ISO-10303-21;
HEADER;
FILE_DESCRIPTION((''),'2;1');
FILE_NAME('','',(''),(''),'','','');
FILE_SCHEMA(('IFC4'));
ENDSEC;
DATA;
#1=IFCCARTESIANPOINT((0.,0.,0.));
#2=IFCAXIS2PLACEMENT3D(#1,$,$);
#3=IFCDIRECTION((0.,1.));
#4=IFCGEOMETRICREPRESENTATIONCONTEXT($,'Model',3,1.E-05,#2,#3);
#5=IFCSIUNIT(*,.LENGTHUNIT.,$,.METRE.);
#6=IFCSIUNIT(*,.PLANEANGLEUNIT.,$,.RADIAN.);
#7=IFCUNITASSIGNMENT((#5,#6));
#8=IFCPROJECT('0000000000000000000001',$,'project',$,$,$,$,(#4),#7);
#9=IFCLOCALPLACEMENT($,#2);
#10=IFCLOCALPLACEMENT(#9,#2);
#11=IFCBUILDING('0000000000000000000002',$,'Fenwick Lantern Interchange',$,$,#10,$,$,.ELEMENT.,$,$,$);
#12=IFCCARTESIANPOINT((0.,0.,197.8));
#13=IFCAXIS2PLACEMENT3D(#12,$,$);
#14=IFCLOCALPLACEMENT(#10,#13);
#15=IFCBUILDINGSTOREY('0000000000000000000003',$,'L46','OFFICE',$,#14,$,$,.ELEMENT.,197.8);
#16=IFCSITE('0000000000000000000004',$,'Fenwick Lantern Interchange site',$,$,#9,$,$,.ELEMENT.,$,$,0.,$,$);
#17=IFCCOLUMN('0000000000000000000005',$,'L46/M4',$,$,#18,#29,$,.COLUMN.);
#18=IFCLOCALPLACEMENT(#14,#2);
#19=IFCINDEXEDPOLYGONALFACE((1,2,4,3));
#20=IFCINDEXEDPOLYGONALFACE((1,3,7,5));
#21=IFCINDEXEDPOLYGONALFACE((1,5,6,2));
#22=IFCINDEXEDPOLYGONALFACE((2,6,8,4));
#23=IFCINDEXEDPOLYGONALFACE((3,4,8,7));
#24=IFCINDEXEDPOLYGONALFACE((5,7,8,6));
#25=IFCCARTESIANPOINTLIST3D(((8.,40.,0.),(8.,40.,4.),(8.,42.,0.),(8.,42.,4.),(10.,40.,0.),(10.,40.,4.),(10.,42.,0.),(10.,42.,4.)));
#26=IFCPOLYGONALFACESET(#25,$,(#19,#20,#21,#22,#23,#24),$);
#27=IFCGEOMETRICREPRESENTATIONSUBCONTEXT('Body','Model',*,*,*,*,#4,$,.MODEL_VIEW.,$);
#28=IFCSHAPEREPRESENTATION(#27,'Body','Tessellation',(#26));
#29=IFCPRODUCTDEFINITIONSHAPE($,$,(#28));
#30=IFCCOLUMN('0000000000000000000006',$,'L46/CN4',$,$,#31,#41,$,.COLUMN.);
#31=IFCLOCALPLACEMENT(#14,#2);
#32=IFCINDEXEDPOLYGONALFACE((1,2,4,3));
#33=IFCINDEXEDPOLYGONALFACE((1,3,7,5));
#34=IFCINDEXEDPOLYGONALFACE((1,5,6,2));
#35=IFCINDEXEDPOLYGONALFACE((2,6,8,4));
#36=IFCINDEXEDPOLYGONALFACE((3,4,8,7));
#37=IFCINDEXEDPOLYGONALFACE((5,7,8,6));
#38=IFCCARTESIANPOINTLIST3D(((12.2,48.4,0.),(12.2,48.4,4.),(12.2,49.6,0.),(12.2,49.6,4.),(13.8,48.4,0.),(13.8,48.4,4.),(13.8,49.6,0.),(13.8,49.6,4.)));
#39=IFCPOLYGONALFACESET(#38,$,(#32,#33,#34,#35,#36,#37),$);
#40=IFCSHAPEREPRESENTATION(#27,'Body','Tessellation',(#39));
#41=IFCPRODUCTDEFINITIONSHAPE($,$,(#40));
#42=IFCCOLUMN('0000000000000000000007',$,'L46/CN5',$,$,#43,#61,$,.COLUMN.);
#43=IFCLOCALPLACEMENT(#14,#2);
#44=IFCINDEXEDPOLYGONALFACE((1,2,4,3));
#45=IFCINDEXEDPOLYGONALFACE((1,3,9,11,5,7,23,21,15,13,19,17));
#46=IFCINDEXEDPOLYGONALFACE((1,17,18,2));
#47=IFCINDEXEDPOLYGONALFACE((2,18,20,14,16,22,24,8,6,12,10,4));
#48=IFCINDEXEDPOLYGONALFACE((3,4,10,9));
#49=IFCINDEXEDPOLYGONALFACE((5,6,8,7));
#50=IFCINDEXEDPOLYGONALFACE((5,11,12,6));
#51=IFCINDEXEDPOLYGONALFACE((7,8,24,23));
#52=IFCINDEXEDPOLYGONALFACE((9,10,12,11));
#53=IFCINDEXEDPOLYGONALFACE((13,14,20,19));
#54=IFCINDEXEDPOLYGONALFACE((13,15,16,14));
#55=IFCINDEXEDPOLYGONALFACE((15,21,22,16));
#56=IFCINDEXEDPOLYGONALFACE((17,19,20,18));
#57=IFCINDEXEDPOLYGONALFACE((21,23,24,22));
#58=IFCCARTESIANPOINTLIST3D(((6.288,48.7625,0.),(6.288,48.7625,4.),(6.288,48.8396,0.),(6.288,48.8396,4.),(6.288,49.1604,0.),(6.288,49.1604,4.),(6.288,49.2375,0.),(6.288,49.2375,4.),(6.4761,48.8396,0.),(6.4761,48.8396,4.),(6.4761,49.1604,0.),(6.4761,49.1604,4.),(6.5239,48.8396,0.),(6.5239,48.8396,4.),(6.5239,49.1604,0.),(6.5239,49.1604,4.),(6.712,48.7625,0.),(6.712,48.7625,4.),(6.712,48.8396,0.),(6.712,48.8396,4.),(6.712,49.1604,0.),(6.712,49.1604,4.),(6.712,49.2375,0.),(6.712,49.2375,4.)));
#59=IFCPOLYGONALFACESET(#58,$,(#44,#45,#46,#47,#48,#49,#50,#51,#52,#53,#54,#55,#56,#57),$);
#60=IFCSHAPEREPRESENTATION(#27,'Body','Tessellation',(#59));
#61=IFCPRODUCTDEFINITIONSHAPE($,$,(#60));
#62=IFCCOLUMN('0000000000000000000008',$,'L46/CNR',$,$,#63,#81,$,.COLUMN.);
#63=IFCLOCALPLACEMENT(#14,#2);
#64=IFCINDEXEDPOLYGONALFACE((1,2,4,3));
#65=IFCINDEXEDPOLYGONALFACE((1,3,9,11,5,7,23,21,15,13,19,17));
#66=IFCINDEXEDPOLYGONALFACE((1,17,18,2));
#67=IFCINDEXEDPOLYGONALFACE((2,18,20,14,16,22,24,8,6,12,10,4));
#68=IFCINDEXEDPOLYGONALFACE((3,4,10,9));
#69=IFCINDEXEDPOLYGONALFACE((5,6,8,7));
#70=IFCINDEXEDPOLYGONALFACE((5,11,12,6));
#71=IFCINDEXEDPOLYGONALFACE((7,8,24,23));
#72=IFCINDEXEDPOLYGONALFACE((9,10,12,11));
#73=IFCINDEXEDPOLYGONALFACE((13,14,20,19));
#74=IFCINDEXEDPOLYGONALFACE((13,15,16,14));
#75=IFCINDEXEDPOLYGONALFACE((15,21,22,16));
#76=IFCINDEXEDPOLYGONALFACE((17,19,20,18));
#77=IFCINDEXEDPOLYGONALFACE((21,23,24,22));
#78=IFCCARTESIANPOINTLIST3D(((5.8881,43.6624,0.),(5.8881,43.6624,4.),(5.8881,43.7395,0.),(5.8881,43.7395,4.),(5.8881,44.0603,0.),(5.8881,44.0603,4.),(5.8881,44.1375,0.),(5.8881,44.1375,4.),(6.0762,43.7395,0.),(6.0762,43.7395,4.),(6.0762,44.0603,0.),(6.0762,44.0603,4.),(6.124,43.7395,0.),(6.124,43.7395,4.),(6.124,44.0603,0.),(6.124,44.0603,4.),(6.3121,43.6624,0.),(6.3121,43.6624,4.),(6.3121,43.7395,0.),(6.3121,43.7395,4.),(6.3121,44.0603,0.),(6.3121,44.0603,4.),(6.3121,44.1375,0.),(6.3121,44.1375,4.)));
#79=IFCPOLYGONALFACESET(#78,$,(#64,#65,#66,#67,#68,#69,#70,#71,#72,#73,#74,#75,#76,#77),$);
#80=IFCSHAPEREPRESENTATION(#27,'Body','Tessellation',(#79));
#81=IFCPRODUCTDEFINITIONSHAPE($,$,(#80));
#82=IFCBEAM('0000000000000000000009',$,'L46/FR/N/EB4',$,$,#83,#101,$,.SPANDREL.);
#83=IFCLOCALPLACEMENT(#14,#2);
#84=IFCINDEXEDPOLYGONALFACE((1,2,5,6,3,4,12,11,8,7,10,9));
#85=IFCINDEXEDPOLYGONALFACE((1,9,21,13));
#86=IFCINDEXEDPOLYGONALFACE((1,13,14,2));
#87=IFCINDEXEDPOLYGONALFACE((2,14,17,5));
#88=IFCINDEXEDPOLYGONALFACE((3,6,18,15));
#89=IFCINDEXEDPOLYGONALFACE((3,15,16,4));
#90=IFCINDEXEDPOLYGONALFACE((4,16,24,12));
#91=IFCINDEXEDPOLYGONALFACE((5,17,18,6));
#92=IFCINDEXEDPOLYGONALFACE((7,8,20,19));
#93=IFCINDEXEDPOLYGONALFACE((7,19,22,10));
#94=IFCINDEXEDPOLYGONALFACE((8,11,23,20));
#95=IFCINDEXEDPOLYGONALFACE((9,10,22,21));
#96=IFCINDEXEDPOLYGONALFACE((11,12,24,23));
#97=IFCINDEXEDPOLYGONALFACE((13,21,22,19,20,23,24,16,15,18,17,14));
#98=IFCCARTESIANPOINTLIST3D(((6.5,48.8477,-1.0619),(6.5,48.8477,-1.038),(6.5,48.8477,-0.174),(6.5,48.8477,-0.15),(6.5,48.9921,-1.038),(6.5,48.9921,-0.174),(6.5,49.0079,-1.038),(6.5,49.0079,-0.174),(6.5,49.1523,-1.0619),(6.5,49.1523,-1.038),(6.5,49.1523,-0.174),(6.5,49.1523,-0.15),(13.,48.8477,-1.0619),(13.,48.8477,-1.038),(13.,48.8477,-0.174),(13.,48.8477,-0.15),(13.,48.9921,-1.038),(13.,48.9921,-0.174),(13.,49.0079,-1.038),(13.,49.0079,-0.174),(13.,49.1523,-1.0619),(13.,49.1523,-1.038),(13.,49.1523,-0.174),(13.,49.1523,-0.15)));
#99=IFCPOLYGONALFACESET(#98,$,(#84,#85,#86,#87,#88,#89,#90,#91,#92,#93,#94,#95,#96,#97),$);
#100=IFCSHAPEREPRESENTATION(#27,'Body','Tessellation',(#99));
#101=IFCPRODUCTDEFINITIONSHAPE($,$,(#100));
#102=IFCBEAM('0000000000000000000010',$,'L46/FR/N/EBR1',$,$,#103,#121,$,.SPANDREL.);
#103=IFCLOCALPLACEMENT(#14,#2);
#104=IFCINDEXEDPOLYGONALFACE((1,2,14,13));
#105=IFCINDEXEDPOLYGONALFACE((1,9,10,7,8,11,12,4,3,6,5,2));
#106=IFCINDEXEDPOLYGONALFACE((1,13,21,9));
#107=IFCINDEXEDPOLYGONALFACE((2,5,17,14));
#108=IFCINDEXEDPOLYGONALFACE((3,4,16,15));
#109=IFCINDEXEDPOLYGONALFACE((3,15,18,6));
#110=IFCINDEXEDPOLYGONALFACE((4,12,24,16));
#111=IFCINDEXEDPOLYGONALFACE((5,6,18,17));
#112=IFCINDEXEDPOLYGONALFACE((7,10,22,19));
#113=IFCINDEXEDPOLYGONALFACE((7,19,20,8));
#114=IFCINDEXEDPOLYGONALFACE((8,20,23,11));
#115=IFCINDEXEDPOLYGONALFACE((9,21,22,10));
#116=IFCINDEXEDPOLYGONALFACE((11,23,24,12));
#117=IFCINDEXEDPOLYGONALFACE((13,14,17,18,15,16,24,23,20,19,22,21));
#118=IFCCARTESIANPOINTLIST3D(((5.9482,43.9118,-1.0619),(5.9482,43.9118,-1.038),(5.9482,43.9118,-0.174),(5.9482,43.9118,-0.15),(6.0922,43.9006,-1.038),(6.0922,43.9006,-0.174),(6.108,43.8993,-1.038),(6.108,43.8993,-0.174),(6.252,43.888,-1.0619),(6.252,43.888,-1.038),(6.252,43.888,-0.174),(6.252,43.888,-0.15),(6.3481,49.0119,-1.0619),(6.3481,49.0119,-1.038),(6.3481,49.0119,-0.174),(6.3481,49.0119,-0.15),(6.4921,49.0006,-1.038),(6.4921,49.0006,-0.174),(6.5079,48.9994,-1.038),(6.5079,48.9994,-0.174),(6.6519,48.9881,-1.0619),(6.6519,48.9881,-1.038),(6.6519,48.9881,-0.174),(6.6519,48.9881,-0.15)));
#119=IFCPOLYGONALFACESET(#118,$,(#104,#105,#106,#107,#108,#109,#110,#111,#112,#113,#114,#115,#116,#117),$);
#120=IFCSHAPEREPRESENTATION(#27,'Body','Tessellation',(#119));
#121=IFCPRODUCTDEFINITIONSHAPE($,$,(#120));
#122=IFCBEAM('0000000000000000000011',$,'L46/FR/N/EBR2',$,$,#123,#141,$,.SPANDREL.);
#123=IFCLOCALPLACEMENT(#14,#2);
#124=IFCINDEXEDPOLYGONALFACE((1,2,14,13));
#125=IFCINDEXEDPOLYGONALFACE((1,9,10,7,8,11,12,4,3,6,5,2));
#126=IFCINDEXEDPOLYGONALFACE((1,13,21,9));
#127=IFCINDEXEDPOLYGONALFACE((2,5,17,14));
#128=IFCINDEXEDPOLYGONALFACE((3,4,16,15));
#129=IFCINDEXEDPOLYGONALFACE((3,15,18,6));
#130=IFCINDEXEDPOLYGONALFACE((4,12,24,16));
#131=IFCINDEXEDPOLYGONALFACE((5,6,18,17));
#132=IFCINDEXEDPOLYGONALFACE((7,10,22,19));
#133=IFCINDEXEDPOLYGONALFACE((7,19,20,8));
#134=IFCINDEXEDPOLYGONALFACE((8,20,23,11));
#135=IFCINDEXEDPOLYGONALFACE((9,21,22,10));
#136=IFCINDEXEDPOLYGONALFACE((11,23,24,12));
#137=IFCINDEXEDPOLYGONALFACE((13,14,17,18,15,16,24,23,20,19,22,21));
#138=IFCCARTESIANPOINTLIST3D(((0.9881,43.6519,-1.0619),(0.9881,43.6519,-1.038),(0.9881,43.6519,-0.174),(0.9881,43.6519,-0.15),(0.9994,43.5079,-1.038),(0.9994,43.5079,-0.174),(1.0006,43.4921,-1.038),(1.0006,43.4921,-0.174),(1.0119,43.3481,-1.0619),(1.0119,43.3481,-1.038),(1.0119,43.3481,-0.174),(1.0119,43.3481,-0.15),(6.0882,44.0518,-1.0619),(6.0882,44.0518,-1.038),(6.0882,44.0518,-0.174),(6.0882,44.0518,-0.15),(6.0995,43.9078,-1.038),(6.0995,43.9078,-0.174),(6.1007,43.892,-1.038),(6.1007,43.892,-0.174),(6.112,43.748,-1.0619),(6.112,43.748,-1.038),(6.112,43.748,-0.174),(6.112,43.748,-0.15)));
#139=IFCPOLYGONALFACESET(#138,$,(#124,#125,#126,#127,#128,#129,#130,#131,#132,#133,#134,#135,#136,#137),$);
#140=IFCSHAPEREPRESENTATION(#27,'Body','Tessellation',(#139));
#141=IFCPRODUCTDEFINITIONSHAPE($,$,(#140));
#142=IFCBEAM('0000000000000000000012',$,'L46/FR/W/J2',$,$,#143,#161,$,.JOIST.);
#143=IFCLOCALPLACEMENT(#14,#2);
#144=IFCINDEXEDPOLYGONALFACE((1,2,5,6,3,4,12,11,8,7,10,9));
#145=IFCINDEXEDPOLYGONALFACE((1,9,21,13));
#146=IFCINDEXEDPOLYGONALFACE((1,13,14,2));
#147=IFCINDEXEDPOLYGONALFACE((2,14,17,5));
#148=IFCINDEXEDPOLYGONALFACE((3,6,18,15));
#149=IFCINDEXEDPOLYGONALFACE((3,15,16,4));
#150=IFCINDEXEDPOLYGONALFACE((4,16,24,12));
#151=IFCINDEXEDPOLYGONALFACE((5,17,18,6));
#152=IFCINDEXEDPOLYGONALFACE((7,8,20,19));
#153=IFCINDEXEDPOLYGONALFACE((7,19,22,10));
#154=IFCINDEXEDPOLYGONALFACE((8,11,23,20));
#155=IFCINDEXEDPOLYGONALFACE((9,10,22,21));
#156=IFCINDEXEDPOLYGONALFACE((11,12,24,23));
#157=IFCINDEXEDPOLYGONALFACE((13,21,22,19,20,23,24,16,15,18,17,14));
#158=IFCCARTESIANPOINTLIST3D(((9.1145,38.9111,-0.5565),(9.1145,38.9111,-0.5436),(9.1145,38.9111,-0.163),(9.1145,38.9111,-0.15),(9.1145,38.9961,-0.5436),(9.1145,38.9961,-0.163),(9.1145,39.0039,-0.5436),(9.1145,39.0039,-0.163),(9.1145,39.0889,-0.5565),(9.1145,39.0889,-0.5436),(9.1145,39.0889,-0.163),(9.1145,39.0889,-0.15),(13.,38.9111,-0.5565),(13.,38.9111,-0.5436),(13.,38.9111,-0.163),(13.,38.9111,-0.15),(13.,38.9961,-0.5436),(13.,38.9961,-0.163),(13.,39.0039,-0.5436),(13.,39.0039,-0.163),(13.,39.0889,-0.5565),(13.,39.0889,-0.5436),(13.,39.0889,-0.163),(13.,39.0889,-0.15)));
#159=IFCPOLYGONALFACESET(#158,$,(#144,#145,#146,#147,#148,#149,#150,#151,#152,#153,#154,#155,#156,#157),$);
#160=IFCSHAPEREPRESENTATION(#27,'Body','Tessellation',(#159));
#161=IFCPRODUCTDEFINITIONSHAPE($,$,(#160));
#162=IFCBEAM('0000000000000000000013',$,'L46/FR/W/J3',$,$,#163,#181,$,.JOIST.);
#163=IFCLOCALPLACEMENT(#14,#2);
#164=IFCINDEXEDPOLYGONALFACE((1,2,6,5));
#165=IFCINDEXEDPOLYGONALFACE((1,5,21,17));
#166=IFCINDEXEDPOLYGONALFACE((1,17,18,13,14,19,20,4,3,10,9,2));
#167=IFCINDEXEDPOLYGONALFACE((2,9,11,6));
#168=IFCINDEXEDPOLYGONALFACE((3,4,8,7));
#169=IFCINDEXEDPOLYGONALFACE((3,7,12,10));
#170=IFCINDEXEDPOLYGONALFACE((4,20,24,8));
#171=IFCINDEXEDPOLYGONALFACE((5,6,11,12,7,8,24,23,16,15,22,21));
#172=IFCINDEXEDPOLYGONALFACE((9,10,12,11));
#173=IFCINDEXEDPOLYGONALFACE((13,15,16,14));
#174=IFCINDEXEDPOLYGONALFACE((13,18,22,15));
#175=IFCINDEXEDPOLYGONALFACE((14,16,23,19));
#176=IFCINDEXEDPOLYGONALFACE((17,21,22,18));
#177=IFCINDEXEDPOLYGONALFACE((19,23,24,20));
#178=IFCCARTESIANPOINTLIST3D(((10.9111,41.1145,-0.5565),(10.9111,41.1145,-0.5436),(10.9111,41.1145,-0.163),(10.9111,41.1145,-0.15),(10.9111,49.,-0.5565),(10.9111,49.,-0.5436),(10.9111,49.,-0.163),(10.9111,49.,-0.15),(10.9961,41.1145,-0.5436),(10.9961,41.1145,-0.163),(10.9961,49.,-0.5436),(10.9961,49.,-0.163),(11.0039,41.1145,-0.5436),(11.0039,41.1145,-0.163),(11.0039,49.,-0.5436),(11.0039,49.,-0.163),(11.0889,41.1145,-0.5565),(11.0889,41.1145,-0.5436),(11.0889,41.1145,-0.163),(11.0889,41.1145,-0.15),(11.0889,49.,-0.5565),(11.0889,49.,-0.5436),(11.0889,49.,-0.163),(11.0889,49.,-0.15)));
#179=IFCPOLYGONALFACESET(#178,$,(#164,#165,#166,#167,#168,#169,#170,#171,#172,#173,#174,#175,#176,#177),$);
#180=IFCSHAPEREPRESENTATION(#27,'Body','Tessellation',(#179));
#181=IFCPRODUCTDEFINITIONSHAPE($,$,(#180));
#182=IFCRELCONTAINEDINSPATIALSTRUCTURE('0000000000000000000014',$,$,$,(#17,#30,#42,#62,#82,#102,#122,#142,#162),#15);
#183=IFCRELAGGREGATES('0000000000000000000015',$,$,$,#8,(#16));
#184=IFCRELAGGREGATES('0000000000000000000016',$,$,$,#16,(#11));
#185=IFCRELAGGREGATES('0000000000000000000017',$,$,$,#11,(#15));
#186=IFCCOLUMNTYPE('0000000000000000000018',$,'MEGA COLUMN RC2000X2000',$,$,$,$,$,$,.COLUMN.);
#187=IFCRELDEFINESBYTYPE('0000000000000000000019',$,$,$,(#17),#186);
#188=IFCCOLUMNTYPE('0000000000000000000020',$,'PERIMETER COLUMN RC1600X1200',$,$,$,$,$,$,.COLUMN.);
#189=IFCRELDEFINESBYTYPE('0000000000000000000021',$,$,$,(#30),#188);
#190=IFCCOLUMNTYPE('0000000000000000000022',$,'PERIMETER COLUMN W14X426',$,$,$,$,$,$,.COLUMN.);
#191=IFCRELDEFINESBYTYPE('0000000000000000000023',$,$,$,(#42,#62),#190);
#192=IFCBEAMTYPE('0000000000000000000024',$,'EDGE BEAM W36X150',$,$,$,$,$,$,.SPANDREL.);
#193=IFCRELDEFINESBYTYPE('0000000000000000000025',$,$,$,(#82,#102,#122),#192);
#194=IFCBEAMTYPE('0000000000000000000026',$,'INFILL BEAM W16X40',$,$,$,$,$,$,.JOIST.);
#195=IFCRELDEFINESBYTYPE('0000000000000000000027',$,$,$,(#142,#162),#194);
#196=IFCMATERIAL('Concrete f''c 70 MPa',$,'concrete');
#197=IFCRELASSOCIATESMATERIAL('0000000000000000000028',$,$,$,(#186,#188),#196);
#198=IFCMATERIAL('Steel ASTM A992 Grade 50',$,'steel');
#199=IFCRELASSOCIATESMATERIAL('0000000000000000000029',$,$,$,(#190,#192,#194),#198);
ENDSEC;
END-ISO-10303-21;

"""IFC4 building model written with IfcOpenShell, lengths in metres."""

from ifc_helpers import new_model, si_unit, direction, frame, origin, origin_2d, place, context, subcontext, project, spatial, rectangle, i_section, extrude, material, material_profile, profile_set, type_object, element, save


model = new_model("IFC4")

# Units and contexts
model_context = context("Model", 3, precision=1e-05, world=origin(), true_north=direction((0.0, 1.0)))
body_context = subcontext(model_context, "Body", "Model", "MODEL_VIEW")
ifc_project = project(units=[si_unit("LENGTHUNIT", "METRE"), si_unit("PLANEANGLEUNIT", "RADIAN")], contexts=[model_context])

# Site, building, storey
site_placement = place(None, origin())
site = spatial("IfcSite", under=ifc_project, at=site_placement, Name="Fenwick Lantern Interchange site", CompositionType="ELEMENT", RefElevation=0.0)
building_placement = place(site_placement, origin())
building = spatial("IfcBuilding", under=site, at=building_placement, Name="Fenwick Lantern Interchange", CompositionType="ELEMENT")
storey_placement = place(building_placement, frame((0.0, 0.0, 197.8)))
storey = spatial("IfcBuildingStorey", under=building, at=storey_placement, Name="L46", Description="OFFICE", CompositionType="ELEMENT", Elevation=197.8)

# Columns
ifc_material_1 = material(Name="Concrete f'c 70 MPa", Category="concrete")
ifc_material_profile_1 = material_profile(ifc_material_1, rectangle(XDim=2.0, YDim=2.0, at=origin_2d()), Name="RC2000X2000")
ifc_profile_set_1 = profile_set([ifc_material_profile_1], Name="Concrete f'c 70 MPa")
column_type_1 = type_object("IfcColumnType", Name="MEGA COLUMN RC2000X2000", PredefinedType="COLUMN", material=ifc_profile_set_1)
column_1_placement = place(storey_placement, frame((9.0, 41.0, 0.0), z_axis=(0.0, 0.0, 1.0), x_axis=(1.0, 0.0, 0.0)))
element("IfcColumn", 1, at=column_1_placement, inside=storey, type_object=column_type_1, Name="L46/M4", PredefinedType="COLUMN", context=body_context, shape_type="SweptSolid", body=[
    extrude(rectangle(XDim=2.0, YDim=2.0, at=origin_2d()), origin(), (0.0, 0.0, 1.0), 4.0),
])
ifc_material_profile_2 = material_profile(ifc_material_1, rectangle(XDim=1.6001, YDim=1.2, at=origin_2d()), Name="RC1600X1200")
ifc_profile_set_2 = profile_set([ifc_material_profile_2], Name="Concrete f'c 70 MPa")
column_type_2 = type_object("IfcColumnType", Name="PERIMETER COLUMN RC1600X1200", PredefinedType="COLUMN", material=ifc_profile_set_2)
column_2_placement = place(storey_placement, frame((13.0, 49.0, 0.0), z_axis=(0.0, 0.0, 1.0), x_axis=(1.0, 0.0, 0.0)))
element("IfcColumn", 2, at=column_2_placement, inside=storey, type_object=column_type_2, Name="L46/CN4", PredefinedType="COLUMN", context=body_context, shape_type="SweptSolid", body=[
    extrude(rectangle(XDim=1.6001, YDim=1.2, at=origin_2d()), origin(), (0.0, 0.0, 1.0), 4.0),
])
ifc_material_2 = material(Name="Steel ASTM A992 Grade 50", Category="steel")
ifc_material_profile_3 = material_profile(ifc_material_2, i_section(OverallWidth=0.4241, OverallDepth=0.4751, WebThickness=0.0479, FlangeThickness=0.0771, at=origin_2d()), Name="W14X426")
ifc_profile_set_3 = profile_set([ifc_material_profile_3], Name="Steel ASTM A992 Grade 50")
column_type_3 = type_object("IfcColumnType", Name="PERIMETER COLUMN W14X426", PredefinedType="COLUMN", material=ifc_profile_set_3)
for number, where, z_axis, x_axis, name in (
    (3, (6.5, 49.0, 0.0), (0.0, 0.0, 1.0), (1.0, 0.0, 0.0), "L46/CN5"),
    (4, (6.1001, 43.8999, 0.0), (0.0, 0.0, 1.0), (1.0, 0.0, 0.0), "L46/CNR"),
):
    element("IfcColumn", number, at=place(storey_placement, frame(where, z_axis=z_axis, x_axis=x_axis)), inside=storey, type_object=column_type_3, Name=name, PredefinedType="COLUMN", context=body_context, shape_type="SweptSolid", body=[
        extrude(i_section(OverallWidth=0.4241, OverallDepth=0.4751, WebThickness=0.0479, FlangeThickness=0.0771, at=origin_2d()), origin(), (0.0, 0.0, 1.0), 4.0),
    ])

# Beams
ifc_material_profile_4 = material_profile(ifc_material_2, i_section(OverallWidth=0.3047, OverallDepth=0.9119, WebThickness=0.0159, FlangeThickness=0.0239, at=origin_2d()), Name="W36X150")
ifc_profile_set_4 = profile_set([ifc_material_profile_4], Name="Steel ASTM A992 Grade 50")
beam_type_1 = type_object("IfcBeamType", Name="EDGE BEAM W36X150", PredefinedType="SPANDREL", material=ifc_profile_set_4)
beam_1_placement = place(storey_placement, frame((13.0, 49.0, -0.606), z_axis=(-1.0, 0.0, 0.0), x_axis=(0.0, -1.0, 0.0)))
element("IfcBeam", 5, at=beam_1_placement, inside=storey, type_object=beam_type_1, Name="L46/FR/N/EB4", PredefinedType="SPANDREL", context=body_context, shape_type="SweptSolid", body=[
    extrude(i_section(OverallWidth=0.3047, OverallDepth=0.9119, WebThickness=0.0159, FlangeThickness=0.0239, at=origin_2d()), origin(), (0.0, 0.0, 1.0), 6.5),
])
for number, where, z_axis, x_axis, name in (
    (6, (6.5, 49.0, -0.606), (-0.078171, -0.99694, 0.0), (0.99694, -0.078171, 0.0), "L46/FR/N/EBR1"),
    (7, (6.1001, 43.8999, -0.606), (-0.99694, -0.078171, 0.0), (0.078171, -0.99694, 0.0), "L46/FR/N/EBR2"),
):
    element("IfcBeam", number, at=place(storey_placement, frame(where, z_axis=z_axis, x_axis=x_axis)), inside=storey, type_object=beam_type_1, Name=name, PredefinedType="SPANDREL", context=body_context, shape_type="SweptSolid", body=[
        extrude(i_section(OverallWidth=0.3047, OverallDepth=0.9119, WebThickness=0.0159, FlangeThickness=0.0239, at=origin_2d()), origin(), (0.0, 0.0, 1.0), 5.1157),
    ])
ifc_material_profile_5 = material_profile(ifc_material_2, i_section(OverallWidth=0.1777, OverallDepth=0.4065, WebThickness=0.0078, FlangeThickness=0.0129, at=origin_2d()), Name="W16X40")
ifc_profile_set_5 = profile_set([ifc_material_profile_5], Name="Steel ASTM A992 Grade 50")
beam_type_2 = type_object("IfcBeamType", Name="INFILL BEAM W16X40", PredefinedType="JOIST", material=ifc_profile_set_5)
beam_2_placement = place(storey_placement, frame((9.1145, 39.0, -0.3533), z_axis=(1.0, 0.0, 0.0), x_axis=(0.0, 1.0, 0.0)))
element("IfcBeam", 8, at=beam_2_placement, inside=storey, type_object=beam_type_2, Name="L46/FR/W/J2", PredefinedType="JOIST", context=body_context, shape_type="SweptSolid", body=[
    extrude(i_section(OverallWidth=0.1777, OverallDepth=0.4065, WebThickness=0.0078, FlangeThickness=0.0129, at=origin_2d()), origin(), (0.0, 0.0, 1.0), 3.8855),
])
beam_3_placement = place(storey_placement, frame((11.0, 49.0, -0.3533), z_axis=(0.0, -1.0, 0.0), x_axis=(1.0, 0.0, 0.0)))
element("IfcBeam", 9, at=beam_3_placement, inside=storey, type_object=beam_type_2, Name="L46/FR/W/J3", PredefinedType="JOIST", context=body_context, shape_type="SweptSolid", body=[
    extrude(i_section(OverallWidth=0.1777, OverallDepth=0.4065, WebThickness=0.0078, FlangeThickness=0.0129, at=origin_2d()), origin(), (0.0, 0.0, 1.0), 7.8855),
])

save(model, "model.ifc")
